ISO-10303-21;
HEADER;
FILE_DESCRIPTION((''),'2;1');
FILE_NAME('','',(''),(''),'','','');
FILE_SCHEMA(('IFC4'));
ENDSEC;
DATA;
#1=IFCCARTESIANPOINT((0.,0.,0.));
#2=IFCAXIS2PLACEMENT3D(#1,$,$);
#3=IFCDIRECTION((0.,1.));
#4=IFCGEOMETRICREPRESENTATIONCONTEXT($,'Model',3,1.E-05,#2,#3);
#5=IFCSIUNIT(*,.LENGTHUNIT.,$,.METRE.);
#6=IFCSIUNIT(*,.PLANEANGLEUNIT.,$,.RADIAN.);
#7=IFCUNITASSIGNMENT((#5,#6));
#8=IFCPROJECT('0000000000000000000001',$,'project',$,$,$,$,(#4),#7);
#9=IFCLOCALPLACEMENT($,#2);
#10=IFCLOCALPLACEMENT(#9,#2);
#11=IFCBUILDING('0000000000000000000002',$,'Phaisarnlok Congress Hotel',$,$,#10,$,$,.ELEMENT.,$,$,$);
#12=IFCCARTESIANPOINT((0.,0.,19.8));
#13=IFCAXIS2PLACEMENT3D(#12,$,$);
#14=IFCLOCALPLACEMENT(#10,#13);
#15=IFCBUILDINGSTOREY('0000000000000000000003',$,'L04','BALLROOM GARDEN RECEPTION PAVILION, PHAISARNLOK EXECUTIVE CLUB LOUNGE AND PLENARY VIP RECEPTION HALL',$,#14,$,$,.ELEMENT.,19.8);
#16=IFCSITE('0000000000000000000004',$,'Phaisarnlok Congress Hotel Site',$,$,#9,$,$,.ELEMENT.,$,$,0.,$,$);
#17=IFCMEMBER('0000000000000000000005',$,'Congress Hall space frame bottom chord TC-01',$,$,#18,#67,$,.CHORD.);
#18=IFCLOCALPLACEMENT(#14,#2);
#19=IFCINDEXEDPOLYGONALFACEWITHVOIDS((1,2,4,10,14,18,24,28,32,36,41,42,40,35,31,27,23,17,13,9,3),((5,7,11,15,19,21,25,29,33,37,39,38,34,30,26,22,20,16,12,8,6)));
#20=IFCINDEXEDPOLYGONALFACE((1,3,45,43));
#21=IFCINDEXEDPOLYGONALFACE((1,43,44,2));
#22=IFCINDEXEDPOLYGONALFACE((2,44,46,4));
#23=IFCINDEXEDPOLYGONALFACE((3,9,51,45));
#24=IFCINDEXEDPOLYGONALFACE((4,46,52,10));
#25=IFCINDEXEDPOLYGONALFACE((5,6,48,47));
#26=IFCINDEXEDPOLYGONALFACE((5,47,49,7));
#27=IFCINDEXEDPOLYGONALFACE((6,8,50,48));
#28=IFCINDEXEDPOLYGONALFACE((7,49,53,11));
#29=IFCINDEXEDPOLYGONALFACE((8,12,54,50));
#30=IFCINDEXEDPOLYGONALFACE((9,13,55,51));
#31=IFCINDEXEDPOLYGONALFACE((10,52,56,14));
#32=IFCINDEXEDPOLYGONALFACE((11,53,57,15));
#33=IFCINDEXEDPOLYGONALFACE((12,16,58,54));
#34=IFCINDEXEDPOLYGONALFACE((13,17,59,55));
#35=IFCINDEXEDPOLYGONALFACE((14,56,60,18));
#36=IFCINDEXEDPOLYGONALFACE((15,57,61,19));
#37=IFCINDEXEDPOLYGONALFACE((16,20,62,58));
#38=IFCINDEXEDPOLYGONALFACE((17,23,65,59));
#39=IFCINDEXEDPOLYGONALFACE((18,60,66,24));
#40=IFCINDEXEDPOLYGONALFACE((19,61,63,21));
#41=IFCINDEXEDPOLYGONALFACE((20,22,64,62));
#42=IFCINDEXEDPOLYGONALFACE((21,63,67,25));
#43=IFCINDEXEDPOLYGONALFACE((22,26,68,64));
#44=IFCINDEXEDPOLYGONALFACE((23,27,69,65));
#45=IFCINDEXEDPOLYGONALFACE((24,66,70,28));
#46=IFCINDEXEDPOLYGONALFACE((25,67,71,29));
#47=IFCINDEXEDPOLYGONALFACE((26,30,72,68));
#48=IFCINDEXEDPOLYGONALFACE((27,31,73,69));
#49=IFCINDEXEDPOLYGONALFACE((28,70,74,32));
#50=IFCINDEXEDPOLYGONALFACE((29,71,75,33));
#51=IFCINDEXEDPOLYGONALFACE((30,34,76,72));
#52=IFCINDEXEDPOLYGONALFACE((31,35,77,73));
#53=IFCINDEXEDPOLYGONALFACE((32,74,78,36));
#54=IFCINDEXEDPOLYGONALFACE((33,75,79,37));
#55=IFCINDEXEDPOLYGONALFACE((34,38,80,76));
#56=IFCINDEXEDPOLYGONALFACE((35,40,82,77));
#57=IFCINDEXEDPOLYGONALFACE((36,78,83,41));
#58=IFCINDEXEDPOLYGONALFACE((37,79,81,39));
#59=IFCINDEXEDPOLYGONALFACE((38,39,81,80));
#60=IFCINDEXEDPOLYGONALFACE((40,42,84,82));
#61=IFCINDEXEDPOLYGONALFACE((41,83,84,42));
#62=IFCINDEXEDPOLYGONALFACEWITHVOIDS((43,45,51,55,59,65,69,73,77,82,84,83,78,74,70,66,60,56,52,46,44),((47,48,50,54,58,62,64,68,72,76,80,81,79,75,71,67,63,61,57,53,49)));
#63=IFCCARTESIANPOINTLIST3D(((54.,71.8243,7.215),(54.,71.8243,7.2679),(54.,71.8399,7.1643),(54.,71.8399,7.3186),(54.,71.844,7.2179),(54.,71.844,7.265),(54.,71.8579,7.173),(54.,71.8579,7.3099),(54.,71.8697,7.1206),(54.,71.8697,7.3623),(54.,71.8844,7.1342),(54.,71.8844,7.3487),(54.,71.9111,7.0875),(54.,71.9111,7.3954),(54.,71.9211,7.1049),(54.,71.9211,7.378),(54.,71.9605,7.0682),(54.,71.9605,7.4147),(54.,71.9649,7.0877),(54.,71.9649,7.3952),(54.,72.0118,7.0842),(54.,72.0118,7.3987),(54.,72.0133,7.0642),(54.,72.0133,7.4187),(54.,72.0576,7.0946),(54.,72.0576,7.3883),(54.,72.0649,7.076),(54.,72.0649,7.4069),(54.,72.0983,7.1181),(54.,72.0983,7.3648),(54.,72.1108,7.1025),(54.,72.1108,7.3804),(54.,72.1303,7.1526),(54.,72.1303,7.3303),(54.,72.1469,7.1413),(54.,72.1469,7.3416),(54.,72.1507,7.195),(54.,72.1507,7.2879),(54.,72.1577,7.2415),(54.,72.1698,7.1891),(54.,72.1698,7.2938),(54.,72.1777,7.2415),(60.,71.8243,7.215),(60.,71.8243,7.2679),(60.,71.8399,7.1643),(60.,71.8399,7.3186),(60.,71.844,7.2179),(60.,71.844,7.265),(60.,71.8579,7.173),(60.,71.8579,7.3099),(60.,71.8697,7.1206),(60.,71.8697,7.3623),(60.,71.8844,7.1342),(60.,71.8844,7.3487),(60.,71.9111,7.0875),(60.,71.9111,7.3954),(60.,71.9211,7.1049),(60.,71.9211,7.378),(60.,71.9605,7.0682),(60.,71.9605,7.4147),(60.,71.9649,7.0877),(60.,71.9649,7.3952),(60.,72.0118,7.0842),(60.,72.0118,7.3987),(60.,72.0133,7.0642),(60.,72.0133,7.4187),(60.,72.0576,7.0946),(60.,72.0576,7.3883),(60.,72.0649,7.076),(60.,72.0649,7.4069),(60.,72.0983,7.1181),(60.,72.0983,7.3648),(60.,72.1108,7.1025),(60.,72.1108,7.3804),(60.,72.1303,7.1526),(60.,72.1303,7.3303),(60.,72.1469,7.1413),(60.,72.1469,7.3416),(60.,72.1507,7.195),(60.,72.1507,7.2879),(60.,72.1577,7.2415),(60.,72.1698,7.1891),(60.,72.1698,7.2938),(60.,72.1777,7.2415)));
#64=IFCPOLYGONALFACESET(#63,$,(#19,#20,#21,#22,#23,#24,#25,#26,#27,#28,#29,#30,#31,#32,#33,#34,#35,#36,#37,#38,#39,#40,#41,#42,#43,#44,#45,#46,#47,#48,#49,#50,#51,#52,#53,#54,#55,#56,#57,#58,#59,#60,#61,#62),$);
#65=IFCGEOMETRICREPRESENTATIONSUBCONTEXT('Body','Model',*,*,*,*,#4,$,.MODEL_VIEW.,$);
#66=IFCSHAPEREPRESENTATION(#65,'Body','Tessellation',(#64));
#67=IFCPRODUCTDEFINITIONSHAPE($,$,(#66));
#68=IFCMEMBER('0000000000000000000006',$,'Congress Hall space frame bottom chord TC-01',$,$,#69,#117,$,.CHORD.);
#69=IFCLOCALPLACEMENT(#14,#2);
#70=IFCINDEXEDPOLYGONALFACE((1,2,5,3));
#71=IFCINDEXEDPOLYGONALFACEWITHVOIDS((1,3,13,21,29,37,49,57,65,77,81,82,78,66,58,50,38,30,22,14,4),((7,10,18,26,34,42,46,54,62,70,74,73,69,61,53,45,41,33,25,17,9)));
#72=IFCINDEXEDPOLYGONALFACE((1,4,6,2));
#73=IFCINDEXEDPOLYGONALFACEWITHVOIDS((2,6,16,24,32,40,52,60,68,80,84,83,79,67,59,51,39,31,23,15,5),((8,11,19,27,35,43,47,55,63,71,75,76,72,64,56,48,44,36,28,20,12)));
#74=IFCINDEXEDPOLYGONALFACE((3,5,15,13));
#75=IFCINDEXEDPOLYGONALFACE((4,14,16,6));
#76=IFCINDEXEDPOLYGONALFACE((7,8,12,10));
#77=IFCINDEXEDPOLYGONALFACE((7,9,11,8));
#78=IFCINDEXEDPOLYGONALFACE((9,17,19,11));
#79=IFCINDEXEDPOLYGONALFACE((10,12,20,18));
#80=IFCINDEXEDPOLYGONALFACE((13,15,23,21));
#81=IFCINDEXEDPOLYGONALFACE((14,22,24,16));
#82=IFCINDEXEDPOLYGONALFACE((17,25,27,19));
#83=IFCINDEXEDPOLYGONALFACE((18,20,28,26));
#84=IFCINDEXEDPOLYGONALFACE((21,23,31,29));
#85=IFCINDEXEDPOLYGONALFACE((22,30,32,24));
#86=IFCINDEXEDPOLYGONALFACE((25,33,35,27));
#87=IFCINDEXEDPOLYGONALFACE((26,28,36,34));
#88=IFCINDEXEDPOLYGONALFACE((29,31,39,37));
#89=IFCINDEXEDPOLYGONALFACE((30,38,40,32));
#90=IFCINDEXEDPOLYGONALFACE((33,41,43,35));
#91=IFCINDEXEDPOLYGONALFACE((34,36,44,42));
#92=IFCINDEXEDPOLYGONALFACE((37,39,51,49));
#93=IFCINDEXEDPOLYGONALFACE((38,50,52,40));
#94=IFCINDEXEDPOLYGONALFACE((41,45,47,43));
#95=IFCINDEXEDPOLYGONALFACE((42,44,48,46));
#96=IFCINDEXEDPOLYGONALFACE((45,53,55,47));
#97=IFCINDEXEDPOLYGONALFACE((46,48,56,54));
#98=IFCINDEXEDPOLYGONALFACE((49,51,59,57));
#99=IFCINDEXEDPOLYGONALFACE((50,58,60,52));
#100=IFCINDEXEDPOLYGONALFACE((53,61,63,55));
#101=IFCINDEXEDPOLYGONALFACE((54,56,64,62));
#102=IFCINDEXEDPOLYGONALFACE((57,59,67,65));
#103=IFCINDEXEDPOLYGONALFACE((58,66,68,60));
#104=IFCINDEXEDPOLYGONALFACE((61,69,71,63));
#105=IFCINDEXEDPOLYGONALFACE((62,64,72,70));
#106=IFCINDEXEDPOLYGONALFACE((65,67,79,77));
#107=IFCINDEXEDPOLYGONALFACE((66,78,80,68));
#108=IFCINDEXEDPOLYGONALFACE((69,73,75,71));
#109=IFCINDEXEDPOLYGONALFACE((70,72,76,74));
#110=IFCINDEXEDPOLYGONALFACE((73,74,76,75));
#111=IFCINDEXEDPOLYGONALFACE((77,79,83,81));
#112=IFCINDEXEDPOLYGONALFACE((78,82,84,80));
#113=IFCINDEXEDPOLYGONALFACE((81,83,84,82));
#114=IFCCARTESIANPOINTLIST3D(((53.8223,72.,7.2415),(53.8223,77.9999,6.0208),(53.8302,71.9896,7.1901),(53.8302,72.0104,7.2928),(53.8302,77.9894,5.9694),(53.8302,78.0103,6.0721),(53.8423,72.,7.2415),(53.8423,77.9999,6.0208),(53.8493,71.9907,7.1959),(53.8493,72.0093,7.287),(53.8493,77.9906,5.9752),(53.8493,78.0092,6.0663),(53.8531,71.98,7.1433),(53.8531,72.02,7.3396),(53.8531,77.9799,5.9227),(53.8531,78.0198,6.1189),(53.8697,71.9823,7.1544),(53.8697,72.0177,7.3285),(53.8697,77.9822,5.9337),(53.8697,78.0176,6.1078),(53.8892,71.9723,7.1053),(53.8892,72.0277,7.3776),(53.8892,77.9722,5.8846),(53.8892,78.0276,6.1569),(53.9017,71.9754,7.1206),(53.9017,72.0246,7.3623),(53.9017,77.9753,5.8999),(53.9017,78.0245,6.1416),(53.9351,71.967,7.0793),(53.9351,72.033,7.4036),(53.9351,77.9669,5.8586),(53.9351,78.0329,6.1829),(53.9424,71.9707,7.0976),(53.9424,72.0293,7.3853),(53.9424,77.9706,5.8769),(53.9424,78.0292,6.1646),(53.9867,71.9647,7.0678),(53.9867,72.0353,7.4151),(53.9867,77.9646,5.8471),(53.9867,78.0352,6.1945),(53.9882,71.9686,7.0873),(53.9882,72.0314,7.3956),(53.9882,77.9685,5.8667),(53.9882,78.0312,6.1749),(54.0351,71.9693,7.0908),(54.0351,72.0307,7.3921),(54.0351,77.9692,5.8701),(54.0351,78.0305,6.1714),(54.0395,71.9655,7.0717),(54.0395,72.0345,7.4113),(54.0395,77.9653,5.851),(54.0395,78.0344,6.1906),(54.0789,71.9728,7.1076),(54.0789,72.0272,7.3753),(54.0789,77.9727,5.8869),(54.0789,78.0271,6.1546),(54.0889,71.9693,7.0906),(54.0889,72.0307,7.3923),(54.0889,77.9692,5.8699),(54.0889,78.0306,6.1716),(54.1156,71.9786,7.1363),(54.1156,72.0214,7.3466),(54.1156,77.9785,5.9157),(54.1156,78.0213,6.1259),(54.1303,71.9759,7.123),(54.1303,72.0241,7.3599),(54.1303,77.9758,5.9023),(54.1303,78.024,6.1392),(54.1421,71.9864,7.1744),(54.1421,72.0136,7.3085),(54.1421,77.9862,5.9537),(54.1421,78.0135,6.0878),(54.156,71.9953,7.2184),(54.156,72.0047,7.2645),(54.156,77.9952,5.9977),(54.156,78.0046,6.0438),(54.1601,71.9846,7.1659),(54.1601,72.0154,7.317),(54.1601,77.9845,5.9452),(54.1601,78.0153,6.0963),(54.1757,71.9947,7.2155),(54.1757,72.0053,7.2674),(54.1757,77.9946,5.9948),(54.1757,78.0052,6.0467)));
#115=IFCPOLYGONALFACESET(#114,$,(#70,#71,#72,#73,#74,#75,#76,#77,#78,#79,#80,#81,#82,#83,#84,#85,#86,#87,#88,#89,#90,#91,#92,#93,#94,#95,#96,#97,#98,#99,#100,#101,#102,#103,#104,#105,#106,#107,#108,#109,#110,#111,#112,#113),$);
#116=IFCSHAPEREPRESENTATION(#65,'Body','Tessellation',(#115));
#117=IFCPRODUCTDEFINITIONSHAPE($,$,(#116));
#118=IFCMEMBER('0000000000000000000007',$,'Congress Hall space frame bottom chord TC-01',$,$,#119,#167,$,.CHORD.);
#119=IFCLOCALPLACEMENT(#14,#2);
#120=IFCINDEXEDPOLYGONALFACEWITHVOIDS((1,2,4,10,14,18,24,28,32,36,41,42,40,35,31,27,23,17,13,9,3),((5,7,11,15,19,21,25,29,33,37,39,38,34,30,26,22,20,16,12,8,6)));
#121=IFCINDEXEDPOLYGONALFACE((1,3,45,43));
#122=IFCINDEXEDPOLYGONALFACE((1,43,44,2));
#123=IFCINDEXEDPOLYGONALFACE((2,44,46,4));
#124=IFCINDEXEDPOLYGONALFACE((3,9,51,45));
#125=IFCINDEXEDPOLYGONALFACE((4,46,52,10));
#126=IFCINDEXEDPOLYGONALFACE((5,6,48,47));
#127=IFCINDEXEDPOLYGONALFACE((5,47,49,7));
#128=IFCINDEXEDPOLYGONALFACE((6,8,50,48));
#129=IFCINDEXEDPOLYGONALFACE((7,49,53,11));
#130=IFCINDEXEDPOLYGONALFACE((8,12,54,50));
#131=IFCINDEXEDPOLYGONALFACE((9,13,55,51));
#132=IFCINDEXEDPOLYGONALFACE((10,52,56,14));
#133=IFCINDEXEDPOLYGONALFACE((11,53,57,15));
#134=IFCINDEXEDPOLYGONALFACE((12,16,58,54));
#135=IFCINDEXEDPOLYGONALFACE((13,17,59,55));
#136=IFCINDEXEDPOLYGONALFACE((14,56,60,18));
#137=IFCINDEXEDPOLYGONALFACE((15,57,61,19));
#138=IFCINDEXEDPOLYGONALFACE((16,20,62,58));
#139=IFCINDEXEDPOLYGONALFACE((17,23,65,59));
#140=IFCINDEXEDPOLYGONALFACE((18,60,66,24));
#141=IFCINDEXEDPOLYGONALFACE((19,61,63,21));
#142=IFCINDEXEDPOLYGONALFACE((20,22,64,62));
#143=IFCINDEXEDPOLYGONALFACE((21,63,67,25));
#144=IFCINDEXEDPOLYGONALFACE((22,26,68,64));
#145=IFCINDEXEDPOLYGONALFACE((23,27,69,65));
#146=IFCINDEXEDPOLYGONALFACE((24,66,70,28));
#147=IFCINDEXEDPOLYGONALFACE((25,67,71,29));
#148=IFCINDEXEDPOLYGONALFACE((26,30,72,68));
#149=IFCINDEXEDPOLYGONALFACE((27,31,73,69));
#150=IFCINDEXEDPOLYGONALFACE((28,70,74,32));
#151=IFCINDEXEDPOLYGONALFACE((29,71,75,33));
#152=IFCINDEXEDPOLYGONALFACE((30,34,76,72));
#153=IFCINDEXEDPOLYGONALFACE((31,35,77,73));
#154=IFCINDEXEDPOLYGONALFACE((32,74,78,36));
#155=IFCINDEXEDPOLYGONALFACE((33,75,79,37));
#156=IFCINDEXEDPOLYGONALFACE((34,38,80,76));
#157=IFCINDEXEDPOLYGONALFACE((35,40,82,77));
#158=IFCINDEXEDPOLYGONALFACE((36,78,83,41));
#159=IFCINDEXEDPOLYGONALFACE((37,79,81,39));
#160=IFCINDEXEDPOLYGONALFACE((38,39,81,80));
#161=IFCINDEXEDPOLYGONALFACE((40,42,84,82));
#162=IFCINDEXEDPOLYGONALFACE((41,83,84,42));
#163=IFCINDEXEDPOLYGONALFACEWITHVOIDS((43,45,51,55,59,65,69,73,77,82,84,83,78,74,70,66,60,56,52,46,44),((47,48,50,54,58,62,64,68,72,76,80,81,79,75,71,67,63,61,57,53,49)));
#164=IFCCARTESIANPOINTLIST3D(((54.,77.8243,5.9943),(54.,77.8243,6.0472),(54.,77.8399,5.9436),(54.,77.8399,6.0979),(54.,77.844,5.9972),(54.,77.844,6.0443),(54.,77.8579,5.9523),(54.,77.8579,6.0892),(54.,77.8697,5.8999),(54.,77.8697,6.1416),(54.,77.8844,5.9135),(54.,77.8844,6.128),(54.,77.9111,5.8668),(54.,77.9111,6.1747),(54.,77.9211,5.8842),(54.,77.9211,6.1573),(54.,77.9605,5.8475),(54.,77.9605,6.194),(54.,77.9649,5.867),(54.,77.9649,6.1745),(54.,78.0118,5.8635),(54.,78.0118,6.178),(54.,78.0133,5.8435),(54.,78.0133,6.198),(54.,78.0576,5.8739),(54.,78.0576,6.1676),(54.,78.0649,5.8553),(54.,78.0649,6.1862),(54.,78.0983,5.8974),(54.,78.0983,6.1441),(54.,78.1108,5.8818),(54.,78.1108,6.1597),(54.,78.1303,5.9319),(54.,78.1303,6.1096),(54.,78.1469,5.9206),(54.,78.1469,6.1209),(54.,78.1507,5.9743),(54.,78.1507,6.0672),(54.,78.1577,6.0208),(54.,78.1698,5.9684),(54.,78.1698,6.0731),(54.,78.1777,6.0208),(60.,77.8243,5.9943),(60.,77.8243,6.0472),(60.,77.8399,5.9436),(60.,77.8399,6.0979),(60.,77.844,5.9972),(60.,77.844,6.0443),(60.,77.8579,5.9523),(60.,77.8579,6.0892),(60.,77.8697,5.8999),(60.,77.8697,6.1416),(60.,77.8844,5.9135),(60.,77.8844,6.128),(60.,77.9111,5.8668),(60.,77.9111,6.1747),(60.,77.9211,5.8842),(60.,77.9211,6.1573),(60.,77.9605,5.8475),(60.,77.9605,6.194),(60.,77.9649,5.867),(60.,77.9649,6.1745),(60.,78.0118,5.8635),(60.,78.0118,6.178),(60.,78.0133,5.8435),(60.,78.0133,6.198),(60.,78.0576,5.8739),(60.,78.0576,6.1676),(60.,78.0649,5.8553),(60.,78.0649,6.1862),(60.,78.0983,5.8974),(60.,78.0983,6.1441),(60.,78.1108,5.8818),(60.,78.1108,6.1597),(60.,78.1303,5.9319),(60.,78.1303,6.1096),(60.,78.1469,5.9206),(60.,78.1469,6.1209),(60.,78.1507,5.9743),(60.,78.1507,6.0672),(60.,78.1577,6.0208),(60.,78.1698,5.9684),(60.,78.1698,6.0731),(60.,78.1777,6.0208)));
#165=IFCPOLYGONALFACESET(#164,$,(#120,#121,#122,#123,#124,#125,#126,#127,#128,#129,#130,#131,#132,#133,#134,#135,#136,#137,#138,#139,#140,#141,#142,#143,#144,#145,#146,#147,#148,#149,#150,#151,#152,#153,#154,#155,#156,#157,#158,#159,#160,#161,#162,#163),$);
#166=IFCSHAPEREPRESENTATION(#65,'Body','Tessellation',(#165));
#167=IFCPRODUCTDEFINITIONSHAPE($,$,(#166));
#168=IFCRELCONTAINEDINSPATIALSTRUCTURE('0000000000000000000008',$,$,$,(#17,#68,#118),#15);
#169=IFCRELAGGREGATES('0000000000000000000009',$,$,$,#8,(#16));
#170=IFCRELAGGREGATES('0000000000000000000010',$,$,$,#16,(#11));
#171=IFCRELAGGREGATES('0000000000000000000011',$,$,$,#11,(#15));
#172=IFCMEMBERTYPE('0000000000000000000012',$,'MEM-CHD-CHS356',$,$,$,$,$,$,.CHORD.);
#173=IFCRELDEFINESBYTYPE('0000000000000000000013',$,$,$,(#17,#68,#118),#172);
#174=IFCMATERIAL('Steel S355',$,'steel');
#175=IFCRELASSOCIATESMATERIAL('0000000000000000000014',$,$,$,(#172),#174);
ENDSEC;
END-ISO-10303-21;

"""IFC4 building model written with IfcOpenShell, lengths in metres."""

from ifc_helpers import new_model, si_unit, direction, frame, origin, origin_2d, place, context, subcontext, project, spatial, hollow_circle, extrude, material, material_profile, profile_set, type_object, element, save


model = new_model("IFC4")

# Units and contexts
model_context = context("Model", 3, precision=1e-05, world=origin(), true_north=direction((0.0, 1.0)))
body_context = subcontext(model_context, "Body", "Model", "MODEL_VIEW")
ifc_project = project(units=[si_unit("LENGTHUNIT", "METRE"), si_unit("PLANEANGLEUNIT", "RADIAN")], contexts=[model_context])

# Site, building, storey
site_placement = place(None, origin())
site = spatial("IfcSite", under=ifc_project, at=site_placement, Name="Phaisarnlok Congress Hotel Site", CompositionType="ELEMENT", RefElevation=0.0)
building_placement = place(site_placement, origin())
building = spatial("IfcBuilding", under=site, at=building_placement, Name="Phaisarnlok Congress Hotel", CompositionType="ELEMENT")
storey_placement = place(building_placement, frame((0.0, 0.0, 19.8)))
storey = spatial("IfcBuildingStorey", under=building, at=storey_placement, Name="L04", Description="BALLROOM GARDEN RECEPTION PAVILION, PHAISARNLOK EXECUTIVE CLUB LOUNGE AND PLENARY VIP RECEPTION HALL", CompositionType="ELEMENT", Elevation=19.8)

# Members
ifc_material = material(Name="Steel S355", Category="steel")
ifc_material_profile_1 = material_profile(ifc_material, hollow_circle(Radius=0.1777, WallThickness=0.02, at=origin_2d()), Name="CHS 355.6x20")
ifc_profile_set_1 = profile_set([ifc_material_profile_1], Name="Steel S355")
member_type_1 = type_object("IfcMemberType", Name="MEM-CHD-CHS356", PredefinedType="CHORD", material=ifc_profile_set_1)
member_1_placement = place(storey_placement, frame((54.0, 72.0, 7.2415), z_axis=(1.0, 0.0, 0.0), x_axis=(0.0, 1.0, 0.0)))
element("IfcMember", 1, at=member_1_placement, inside=storey, type_object=member_type_1, Name="Congress Hall space frame bottom chord TC-01", PredefinedType="CHORD", context=body_context, shape_type="SweptSolid", body=[
    extrude(hollow_circle(Radius=0.1777, WallThickness=0.02, at=origin_2d()), origin(), (0.0, 0.0, 1.0), 6.0),
])
member_2_placement = place(storey_placement, frame((54.0, 72.0, 7.2415), z_axis=(0.0, 0.979925, -0.199366), x_axis=(-1.0, 0.0, 0.0)))
element("IfcMember", 2, at=member_2_placement, inside=storey, type_object=member_type_1, Name="Congress Hall space frame bottom chord TC-01", PredefinedType="CHORD", context=body_context, shape_type="SweptSolid", body=[
    extrude(hollow_circle(Radius=0.1777, WallThickness=0.02, at=origin_2d()), origin(), (0.0, 0.0, 1.0), 6.1228),
])
member_3_placement = place(storey_placement, frame((54.0, 78.0, 6.0208), z_axis=(1.0, 0.0, 0.0), x_axis=(0.0, 1.0, 0.0)))
element("IfcMember", 3, at=member_3_placement, inside=storey, type_object=member_type_1, Name="Congress Hall space frame bottom chord TC-01", PredefinedType="CHORD", context=body_context, shape_type="SweptSolid", body=[
    extrude(hollow_circle(Radius=0.1777, WallThickness=0.02, at=origin_2d()), origin(), (0.0, 0.0, 1.0), 6.0),
])

save(model, "model.ifc")
